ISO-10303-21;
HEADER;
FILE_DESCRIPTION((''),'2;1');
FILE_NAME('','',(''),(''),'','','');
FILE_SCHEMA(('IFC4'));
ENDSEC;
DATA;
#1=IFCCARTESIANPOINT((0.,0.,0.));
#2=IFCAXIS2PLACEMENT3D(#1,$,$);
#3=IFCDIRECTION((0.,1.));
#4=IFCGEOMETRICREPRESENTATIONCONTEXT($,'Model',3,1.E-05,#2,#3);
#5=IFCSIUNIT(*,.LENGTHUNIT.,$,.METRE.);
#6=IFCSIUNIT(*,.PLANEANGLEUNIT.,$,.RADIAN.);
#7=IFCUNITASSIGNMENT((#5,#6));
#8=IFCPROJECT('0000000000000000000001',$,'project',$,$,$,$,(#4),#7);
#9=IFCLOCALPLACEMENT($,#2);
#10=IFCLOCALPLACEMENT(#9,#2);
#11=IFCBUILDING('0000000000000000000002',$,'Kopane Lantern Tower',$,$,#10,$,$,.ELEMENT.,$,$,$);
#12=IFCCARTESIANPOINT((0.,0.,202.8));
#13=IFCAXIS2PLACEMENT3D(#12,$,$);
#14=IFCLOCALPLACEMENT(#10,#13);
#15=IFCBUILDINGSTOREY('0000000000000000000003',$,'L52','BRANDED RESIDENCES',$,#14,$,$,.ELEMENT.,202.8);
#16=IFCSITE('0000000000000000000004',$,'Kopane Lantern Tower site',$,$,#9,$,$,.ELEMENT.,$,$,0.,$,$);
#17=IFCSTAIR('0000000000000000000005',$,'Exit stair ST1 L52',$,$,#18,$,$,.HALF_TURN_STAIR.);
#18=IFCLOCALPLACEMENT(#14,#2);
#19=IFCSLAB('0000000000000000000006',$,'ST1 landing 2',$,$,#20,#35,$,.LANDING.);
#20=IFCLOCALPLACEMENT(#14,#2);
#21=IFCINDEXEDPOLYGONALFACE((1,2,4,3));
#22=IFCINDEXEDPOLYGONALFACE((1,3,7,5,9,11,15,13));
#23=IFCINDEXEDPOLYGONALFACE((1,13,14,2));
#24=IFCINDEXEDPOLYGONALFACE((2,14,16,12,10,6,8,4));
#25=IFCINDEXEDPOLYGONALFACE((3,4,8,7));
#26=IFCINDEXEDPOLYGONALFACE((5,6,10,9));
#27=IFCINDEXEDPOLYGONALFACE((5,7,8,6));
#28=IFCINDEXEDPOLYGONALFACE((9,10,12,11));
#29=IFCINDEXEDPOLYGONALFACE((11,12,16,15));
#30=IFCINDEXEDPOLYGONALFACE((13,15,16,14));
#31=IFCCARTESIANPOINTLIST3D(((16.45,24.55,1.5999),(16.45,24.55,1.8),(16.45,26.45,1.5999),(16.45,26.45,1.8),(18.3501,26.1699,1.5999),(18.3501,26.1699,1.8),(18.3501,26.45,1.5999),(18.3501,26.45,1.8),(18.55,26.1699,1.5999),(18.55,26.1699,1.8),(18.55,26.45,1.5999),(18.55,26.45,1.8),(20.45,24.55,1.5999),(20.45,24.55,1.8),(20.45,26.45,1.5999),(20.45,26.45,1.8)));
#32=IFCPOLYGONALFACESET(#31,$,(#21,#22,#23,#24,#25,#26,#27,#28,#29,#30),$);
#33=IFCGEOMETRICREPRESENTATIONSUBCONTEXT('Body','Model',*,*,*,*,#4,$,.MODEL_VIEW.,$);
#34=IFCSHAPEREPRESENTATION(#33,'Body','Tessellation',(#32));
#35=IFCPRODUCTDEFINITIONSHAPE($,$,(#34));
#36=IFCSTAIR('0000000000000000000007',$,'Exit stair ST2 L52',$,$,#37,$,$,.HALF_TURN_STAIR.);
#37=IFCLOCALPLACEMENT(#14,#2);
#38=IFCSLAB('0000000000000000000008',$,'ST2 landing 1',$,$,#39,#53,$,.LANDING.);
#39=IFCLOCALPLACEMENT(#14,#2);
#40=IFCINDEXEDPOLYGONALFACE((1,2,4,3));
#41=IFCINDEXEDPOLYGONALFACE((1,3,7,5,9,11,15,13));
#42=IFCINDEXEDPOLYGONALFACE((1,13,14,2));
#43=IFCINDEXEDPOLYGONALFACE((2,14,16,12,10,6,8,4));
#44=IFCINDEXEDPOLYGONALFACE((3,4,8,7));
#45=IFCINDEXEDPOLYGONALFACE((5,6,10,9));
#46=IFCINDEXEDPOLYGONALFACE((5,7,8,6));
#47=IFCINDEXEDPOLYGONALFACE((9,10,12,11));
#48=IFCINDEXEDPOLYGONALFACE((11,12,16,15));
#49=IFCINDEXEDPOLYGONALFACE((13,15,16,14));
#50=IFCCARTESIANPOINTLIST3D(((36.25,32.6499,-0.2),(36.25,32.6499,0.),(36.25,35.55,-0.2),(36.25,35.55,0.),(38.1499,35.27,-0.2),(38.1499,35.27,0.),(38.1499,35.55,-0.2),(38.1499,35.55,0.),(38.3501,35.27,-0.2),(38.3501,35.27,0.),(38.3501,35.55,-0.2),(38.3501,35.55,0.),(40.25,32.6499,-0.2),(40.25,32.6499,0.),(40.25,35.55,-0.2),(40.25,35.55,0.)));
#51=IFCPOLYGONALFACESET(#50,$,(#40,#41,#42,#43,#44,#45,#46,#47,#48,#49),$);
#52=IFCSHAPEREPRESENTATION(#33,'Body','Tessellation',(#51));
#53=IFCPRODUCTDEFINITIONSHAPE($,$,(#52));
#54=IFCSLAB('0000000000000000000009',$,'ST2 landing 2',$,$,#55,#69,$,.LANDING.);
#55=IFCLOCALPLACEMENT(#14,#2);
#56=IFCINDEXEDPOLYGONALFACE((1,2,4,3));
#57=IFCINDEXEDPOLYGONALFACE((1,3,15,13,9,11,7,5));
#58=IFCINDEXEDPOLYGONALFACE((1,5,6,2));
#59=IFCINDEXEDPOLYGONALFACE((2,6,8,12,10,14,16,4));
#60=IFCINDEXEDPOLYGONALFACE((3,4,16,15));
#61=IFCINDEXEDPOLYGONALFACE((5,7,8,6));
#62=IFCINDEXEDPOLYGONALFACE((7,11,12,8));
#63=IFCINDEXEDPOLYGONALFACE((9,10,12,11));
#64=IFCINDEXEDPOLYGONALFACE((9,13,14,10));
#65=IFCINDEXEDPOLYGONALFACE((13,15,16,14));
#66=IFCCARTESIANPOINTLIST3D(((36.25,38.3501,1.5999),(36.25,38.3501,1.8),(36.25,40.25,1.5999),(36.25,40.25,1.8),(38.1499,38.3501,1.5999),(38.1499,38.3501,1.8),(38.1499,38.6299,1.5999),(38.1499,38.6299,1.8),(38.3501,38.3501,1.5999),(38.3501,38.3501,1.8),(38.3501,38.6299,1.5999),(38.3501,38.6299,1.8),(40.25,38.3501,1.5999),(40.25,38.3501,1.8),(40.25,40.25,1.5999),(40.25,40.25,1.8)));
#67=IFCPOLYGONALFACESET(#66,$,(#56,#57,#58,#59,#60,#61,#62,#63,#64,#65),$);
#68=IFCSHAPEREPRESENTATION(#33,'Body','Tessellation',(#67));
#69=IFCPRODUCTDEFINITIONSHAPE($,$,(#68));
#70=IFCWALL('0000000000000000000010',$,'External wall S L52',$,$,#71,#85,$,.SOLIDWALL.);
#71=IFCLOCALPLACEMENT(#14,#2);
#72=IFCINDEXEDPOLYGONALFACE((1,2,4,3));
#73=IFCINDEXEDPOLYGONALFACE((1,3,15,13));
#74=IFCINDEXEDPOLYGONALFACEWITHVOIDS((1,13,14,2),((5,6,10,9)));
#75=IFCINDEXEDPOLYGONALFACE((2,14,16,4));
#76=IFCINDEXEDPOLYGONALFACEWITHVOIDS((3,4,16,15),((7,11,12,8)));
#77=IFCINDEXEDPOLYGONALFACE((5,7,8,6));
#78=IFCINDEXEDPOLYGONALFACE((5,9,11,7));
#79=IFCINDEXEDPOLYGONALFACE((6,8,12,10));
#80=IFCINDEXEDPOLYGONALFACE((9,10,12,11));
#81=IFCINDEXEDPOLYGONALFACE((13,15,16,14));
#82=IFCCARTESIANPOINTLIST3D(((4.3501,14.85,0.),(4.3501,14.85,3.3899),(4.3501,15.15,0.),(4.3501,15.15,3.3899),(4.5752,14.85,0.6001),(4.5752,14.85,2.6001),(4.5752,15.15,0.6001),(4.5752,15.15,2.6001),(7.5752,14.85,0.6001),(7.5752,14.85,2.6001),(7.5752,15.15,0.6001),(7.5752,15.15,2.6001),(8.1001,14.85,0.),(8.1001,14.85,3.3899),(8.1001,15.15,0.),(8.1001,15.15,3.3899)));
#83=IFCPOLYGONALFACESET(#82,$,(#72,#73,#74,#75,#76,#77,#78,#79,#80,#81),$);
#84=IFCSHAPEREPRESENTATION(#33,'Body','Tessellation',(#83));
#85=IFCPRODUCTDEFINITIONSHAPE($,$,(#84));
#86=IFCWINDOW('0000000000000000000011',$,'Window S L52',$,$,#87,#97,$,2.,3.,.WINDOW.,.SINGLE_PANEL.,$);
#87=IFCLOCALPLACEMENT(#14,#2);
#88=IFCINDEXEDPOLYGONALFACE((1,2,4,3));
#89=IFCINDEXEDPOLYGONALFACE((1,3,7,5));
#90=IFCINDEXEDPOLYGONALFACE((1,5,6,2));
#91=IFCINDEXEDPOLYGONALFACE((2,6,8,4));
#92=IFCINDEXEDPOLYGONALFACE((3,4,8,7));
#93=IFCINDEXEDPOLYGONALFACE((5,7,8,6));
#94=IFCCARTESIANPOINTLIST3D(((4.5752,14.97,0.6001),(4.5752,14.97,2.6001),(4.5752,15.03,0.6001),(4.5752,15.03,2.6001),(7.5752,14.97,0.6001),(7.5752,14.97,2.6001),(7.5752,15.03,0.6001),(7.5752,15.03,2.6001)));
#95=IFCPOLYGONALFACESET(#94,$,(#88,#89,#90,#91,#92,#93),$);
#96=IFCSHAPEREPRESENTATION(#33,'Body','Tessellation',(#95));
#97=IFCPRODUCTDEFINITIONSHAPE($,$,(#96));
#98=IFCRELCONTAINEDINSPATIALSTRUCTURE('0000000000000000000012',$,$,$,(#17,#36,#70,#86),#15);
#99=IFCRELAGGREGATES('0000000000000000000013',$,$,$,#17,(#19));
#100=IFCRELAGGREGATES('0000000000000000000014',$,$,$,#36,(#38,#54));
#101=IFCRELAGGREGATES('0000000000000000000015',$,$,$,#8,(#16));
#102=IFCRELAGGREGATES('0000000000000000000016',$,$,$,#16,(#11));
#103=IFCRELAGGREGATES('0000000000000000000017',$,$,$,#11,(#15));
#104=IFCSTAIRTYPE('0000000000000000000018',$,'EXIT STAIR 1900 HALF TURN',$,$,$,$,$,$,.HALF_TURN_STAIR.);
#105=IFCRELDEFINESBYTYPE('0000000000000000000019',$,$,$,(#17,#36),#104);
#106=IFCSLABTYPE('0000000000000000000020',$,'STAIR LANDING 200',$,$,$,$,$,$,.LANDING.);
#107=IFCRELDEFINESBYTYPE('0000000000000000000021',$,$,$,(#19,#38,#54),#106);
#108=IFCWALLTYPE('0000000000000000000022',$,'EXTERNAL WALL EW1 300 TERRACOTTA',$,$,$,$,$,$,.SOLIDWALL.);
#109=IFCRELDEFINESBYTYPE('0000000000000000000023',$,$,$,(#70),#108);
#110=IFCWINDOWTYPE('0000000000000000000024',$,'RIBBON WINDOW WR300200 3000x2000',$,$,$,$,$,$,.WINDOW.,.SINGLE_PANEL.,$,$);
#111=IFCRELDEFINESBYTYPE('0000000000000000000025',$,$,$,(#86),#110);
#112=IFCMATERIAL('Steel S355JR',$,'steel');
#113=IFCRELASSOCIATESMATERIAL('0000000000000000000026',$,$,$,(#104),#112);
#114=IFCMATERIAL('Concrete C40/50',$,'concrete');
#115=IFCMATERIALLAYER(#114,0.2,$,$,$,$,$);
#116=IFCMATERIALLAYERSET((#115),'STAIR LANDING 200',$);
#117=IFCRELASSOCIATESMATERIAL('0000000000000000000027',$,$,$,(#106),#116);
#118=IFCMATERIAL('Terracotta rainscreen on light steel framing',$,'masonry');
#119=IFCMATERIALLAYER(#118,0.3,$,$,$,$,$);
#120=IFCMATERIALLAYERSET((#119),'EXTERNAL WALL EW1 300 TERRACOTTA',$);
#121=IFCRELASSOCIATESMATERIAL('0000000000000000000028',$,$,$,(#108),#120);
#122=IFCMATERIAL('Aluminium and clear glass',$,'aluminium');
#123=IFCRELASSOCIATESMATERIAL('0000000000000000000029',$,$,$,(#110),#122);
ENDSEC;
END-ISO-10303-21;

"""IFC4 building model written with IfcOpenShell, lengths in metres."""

from ifc_helpers import new_model, si_unit, direction, frame, frame_2d, origin, place, context, subcontext, project, spatial, polyline, rectangle, outline, extrude, material, layer, layer_set, type_object, element, fill, aggregate, save


model = new_model("IFC4")

# Units and contexts
model_context = context("Model", 3, precision=1e-05, world=origin(), true_north=direction((0.0, 1.0)))
body_context = subcontext(model_context, "Body", "Model", "MODEL_VIEW")
ifc_project = project(units=[si_unit("LENGTHUNIT", "METRE"), si_unit("PLANEANGLEUNIT", "RADIAN")], contexts=[model_context])

# Site, building, storey
site_placement = place(None, origin())
site = spatial("IfcSite", under=ifc_project, at=site_placement, Name="Kopane Lantern Tower site", CompositionType="ELEMENT", RefElevation=0.0)
building_placement = place(site_placement, origin())
building = spatial("IfcBuilding", under=site, at=building_placement, Name="Kopane Lantern Tower", CompositionType="ELEMENT")
storey_placement = place(building_placement, frame((0.0, 0.0, 202.8)))
storey = spatial("IfcBuildingStorey", under=building, at=storey_placement, Name="L52", Description="BRANDED RESIDENCES", CompositionType="ELEMENT", Elevation=202.8)

# Stairs, slabs
ifc_material_1 = material(Name="Steel S355JR", Category="steel")
stair_type = type_object("IfcStairType", Name="EXIT STAIR 1900 HALF TURN", PredefinedType="HALF_TURN_STAIR", material=ifc_material_1)
stair_1_placement = place(storey_placement, origin())
stair_1 = element("IfcStair", 1, at=stair_1_placement, inside=storey, type_object=stair_type, Name="Exit stair ST1 L52", PredefinedType="HALF_TURN_STAIR")
ifc_material_2 = material(Name="Concrete C40/50", Category="concrete")
ifc_layer_1 = layer(ifc_material_2, 0.2)
ifc_layer_set_1 = layer_set([ifc_layer_1], Name="STAIR LANDING 200")
slab_type_1 = type_object("IfcSlabType", Name="STAIR LANDING 200", PredefinedType="LANDING", material=ifc_layer_set_1)
slab_1_placement = place(storey_placement, frame((0.0, 0.0, 1.5999)))
slab_1 = element("IfcSlab", 2, at=slab_1_placement, type_object=slab_type_1, Name="ST1 landing 2", PredefinedType="LANDING", context=body_context, shape_type="SweptSolid", body=[
    extrude(outline(polyline([(20.45, 26.45), (18.55, 26.45), (18.55, 26.1699), (18.3501, 26.1699), (18.3501, 26.45), (16.45, 26.45), (16.45, 24.55), (20.45, 24.55), (20.45, 26.45)])), origin(), (0.0, 0.0, 1.0), 0.2002),
])
aggregate(stair_1, [slab_1])
stair_2_placement = place(storey_placement, origin())
stair_2 = element("IfcStair", 3, at=stair_2_placement, inside=storey, type_object=stair_type, Name="Exit stair ST2 L52", PredefinedType="HALF_TURN_STAIR")
slab_2_placement = place(storey_placement, frame((0.0, 0.0, -0.2)))
slab_2 = element("IfcSlab", 4, at=slab_2_placement, type_object=slab_type_1, Name="ST2 landing 1", PredefinedType="LANDING", context=body_context, shape_type="SweptSolid", body=[
    extrude(outline(polyline([(40.25, 35.55), (38.3501, 35.55), (38.3501, 35.27), (38.1499, 35.27), (38.1499, 35.55), (36.25, 35.55), (36.25, 32.6499), (40.25, 32.6499), (40.25, 35.55)])), origin(), (0.0, 0.0, 1.0), 0.2),
])
slab_3_placement = place(storey_placement, frame((0.0, 0.0, 1.5999)))
slab_3 = element("IfcSlab", 5, at=slab_3_placement, type_object=slab_type_1, Name="ST2 landing 2", PredefinedType="LANDING", context=body_context, shape_type="SweptSolid", body=[
    extrude(outline(polyline([(38.1499, 38.6299), (38.3501, 38.6299), (38.3501, 38.3501), (40.25, 38.3501), (40.25, 40.25), (36.25, 40.25), (36.25, 38.3501), (38.1499, 38.3501), (38.1499, 38.6299)])), origin(), (0.0, 0.0, 1.0), 0.2002),
])
aggregate(stair_2, [slab_2, slab_3])

# Wall, opening, window
ifc_material_3 = material(Name="Terracotta rainscreen on light steel framing", Category="masonry")
ifc_layer_2 = layer(ifc_material_3, 0.3)
ifc_layer_set_2 = layer_set([ifc_layer_2], Name="EXTERNAL WALL EW1 300 TERRACOTTA")
wall_type = type_object("IfcWallType", Name="EXTERNAL WALL EW1 300 TERRACOTTA", PredefinedType="SOLIDWALL", material=ifc_layer_set_2)
wall_placement = place(storey_placement, frame((4.3501, 15.0, 0.0), z_axis=(0.0, 0.0, 1.0), x_axis=(1.0, 0.0, 0.0)))
wall = element("IfcWall", 6, at=wall_placement, inside=storey, type_object=wall_type, Name="External wall S L52", PredefinedType="SOLIDWALL", context=body_context, shape_type="SweptSolid", body=[
    extrude(rectangle(XDim=3.75, YDim=0.3, at=frame_2d((1.875, 0.0))), origin(), (0.0, 0.0, 1.0), 3.3899),
])
opening_placement = place(wall_placement, frame((0.2251, 0.0, 0.6001)))
opening = element("IfcOpeningElement", 7, at=opening_placement, cuts=wall, PredefinedType="OPENING", context=body_context, shape_type="SweptSolid", body=[
    extrude(rectangle(XDim=3.0, YDim=2.0, at=frame_2d((1.5, 1.0))), frame((0.0, 0.1599, 0.0), z_axis=(0.0, -1.0, 0.0), x_axis=(1.0, 0.0, 0.0)), (0.0, 0.0, 1.0), 0.3201),
])
ifc_material_4 = material(Name="Aluminium and clear glass", Category="aluminium")
window_type = type_object("IfcWindowType", Name="RIBBON WINDOW WR300200 3000x2000", PartitioningType="SINGLE_PANEL", PredefinedType="WINDOW", material=ifc_material_4)
window_placement = place(opening_placement, origin())
window = element("IfcWindow", 8, at=window_placement, inside=storey, type_object=window_type, Name="Window S L52", OverallHeight=2.0, OverallWidth=3.0, PartitioningType="SINGLE_PANEL", PredefinedType="WINDOW", context=body_context, shape_type="SweptSolid", body=[
    extrude(rectangle(XDim=3.0, YDim=2.0, at=frame_2d((1.5, 1.0))), frame((0.0, 0.03, 0.0), z_axis=(0.0, -1.0, 0.0), x_axis=(1.0, 0.0, 0.0)), (0.0, 0.0, 1.0), 0.0601),
])
fill(opening, window)

save(model, "model.ifc")
